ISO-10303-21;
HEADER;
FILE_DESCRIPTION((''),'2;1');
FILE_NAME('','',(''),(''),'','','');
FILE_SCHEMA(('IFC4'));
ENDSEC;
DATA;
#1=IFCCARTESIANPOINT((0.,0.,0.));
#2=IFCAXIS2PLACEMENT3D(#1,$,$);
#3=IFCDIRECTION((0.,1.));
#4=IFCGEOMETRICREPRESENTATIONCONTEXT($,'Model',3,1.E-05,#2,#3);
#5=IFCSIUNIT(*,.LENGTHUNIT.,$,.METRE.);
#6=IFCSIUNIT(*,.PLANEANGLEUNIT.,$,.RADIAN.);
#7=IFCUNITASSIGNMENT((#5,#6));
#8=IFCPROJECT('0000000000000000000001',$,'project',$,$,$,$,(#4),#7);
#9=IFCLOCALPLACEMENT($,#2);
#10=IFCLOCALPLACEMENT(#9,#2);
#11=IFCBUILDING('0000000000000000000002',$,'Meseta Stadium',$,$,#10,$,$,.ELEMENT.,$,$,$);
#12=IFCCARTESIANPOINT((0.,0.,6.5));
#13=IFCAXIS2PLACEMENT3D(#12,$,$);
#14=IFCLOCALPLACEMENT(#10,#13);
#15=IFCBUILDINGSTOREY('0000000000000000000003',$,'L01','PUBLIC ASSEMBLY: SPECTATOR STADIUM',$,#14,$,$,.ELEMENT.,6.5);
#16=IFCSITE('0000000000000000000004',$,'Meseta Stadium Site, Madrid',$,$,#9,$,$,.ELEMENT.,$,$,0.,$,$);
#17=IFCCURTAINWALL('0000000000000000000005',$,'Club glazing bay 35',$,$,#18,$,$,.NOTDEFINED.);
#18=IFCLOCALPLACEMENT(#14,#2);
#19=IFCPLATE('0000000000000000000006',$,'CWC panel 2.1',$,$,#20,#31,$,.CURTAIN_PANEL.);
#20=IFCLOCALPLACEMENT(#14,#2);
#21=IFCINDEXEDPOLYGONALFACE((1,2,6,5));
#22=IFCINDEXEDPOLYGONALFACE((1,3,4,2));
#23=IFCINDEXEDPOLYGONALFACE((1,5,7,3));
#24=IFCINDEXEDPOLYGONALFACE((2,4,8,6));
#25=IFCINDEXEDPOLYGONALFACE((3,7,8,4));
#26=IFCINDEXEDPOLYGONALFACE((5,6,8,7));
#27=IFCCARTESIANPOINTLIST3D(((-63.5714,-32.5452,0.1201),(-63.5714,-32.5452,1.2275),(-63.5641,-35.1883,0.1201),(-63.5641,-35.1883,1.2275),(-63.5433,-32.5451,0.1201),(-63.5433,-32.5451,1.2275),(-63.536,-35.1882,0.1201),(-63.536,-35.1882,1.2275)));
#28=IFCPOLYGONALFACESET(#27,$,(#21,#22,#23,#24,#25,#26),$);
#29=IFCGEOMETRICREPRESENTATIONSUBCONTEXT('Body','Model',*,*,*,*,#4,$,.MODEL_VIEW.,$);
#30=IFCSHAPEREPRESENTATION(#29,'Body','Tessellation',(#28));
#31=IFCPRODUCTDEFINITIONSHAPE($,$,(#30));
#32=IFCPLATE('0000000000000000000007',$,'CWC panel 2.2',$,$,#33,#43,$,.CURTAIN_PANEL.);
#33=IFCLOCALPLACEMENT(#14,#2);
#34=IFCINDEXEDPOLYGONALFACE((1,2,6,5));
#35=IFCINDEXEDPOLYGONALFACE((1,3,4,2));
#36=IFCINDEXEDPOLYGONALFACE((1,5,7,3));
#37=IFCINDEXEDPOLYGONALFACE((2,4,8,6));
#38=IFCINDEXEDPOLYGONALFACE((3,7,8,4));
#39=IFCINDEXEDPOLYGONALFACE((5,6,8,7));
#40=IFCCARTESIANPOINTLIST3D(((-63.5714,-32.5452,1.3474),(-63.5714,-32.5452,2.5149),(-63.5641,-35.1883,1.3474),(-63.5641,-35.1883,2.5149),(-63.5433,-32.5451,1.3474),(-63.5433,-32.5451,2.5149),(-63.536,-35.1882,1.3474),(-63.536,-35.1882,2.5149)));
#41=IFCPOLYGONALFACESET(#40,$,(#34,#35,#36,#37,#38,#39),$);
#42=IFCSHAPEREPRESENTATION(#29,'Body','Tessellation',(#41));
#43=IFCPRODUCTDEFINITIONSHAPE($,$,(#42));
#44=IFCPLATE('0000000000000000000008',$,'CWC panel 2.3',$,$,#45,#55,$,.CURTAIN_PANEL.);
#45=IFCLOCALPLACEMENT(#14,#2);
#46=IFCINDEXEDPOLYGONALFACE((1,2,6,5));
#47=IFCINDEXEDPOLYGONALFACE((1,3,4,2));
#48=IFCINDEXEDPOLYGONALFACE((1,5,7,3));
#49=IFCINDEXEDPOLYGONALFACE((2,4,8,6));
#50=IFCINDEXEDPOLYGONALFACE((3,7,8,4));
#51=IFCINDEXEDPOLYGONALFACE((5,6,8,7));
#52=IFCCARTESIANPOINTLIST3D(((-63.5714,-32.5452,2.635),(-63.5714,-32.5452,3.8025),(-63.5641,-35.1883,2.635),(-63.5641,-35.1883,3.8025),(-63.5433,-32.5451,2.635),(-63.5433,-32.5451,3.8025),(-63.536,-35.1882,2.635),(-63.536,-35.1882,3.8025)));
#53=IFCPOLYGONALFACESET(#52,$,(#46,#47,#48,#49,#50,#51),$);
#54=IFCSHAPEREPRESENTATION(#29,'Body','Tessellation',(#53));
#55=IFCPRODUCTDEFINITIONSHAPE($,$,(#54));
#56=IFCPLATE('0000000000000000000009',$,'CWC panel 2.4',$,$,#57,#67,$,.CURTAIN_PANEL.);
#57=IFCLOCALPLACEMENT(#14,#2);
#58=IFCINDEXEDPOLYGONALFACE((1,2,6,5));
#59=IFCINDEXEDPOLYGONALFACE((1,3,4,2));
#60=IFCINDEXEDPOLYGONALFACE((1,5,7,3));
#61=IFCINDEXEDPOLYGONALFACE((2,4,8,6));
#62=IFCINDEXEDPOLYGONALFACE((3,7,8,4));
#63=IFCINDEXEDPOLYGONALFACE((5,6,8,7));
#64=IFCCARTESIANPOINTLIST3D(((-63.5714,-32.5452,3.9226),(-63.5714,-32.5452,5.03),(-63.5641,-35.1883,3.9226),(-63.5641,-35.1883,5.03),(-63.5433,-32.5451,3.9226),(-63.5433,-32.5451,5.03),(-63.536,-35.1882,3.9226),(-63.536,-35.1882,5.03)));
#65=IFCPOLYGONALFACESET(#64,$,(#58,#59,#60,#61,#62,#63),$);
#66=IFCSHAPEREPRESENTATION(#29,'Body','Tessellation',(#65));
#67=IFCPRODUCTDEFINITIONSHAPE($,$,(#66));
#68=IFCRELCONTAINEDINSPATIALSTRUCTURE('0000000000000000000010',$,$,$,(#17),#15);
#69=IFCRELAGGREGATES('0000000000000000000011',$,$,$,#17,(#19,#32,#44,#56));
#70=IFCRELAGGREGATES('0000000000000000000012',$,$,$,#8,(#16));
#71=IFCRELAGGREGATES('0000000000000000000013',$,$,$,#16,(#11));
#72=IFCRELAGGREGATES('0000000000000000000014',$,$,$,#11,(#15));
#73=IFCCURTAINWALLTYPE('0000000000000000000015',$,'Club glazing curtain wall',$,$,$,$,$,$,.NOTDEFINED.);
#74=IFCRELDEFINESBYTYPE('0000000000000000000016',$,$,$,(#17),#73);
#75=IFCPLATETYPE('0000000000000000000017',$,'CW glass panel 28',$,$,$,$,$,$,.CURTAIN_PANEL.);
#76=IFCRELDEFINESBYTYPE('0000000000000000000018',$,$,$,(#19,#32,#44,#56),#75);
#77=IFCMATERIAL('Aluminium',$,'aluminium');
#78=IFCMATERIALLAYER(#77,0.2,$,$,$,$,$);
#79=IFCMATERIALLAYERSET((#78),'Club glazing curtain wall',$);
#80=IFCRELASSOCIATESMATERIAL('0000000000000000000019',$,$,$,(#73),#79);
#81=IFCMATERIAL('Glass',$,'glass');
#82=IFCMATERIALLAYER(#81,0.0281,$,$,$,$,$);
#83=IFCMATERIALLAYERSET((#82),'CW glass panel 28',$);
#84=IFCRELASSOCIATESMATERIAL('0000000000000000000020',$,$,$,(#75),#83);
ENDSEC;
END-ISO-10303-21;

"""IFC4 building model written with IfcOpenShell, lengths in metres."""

from ifc_helpers import new_model, si_unit, direction, frame, origin, origin_2d, place, context, subcontext, project, spatial, rectangle, extrude, material, layer, layer_set, type_object, element, aggregate, save


model = new_model("IFC4")

# Units and contexts
model_context = context("Model", 3, precision=1e-05, world=origin(), true_north=direction((0.0, 1.0)))
body_context = subcontext(model_context, "Body", "Model", "MODEL_VIEW")
ifc_project = project(units=[si_unit("LENGTHUNIT", "METRE"), si_unit("PLANEANGLEUNIT", "RADIAN")], contexts=[model_context])

# Site, building, storey
site_placement = place(None, origin())
site = spatial("IfcSite", under=ifc_project, at=site_placement, Name="Meseta Stadium Site, Madrid", CompositionType="ELEMENT", RefElevation=0.0)
building_placement = place(site_placement, origin())
building = spatial("IfcBuilding", under=site, at=building_placement, Name="Meseta Stadium", CompositionType="ELEMENT")
storey_placement = place(building_placement, frame((0.0, 0.0, 6.5)))
storey = spatial("IfcBuildingStorey", under=building, at=storey_placement, Name="L01", Description="PUBLIC ASSEMBLY: SPECTATOR STADIUM", CompositionType="ELEMENT", Elevation=6.5)

# Curtain wall, plates
ifc_material_1 = material(Name="Aluminium", Category="aluminium")
ifc_layer_1 = layer(ifc_material_1, 0.2)
ifc_layer_set_1 = layer_set([ifc_layer_1], Name="Club glazing curtain wall")
curtain_wall_type = type_object("IfcCurtainWallType", Name="Club glazing curtain wall", PredefinedType="NOTDEFINED", material=ifc_layer_set_1)
curtain_wall_placement = place(storey_placement, origin())
curtain_wall = element("IfcCurtainWall", 1, at=curtain_wall_placement, inside=storey, type_object=curtain_wall_type, Name="Club glazing bay 35", PredefinedType="NOTDEFINED")
ifc_material_2 = material(Name="Glass", Category="glass")
ifc_layer_2 = layer(ifc_material_2, 0.0281)
ifc_layer_set_2 = layer_set([ifc_layer_2], Name="CW glass panel 28")
plate_type = type_object("IfcPlateType", Name="CW glass panel 28", PredefinedType="CURTAIN_PANEL", material=ifc_layer_set_2)
plate_1_placement = place(storey_placement, frame((-63.5537, -33.8667, 0.1201), z_axis=(0.0, 0.0, 1.0), x_axis=(0.002758, -0.999996, 0.0)))
plate_1 = element("IfcPlate", 2, at=plate_1_placement, type_object=plate_type, Name="CWC panel 2.1", PredefinedType="CURTAIN_PANEL", context=body_context, shape_type="SweptSolid", body=[
    extrude(rectangle(XDim=2.6431, YDim=0.0281, at=origin_2d()), origin(), (0.0, 0.0, 1.0), 1.1074),
])
plate_2_placement = place(storey_placement, frame((-63.5537, -33.8667, 1.3474), z_axis=(0.0, 0.0, 1.0), x_axis=(0.002758, -0.999996, 0.0)))
plate_2 = element("IfcPlate", 3, at=plate_2_placement, type_object=plate_type, Name="CWC panel 2.2", PredefinedType="CURTAIN_PANEL", context=body_context, shape_type="SweptSolid", body=[
    extrude(rectangle(XDim=2.6431, YDim=0.0281, at=origin_2d()), origin(), (0.0, 0.0, 1.0), 1.1675),
])
plate_3_placement = place(storey_placement, frame((-63.5537, -33.8667, 2.635), z_axis=(0.0, 0.0, 1.0), x_axis=(0.002758, -0.999996, 0.0)))
plate_3 = element("IfcPlate", 4, at=plate_3_placement, type_object=plate_type, Name="CWC panel 2.3", PredefinedType="CURTAIN_PANEL", context=body_context, shape_type="SweptSolid", body=[
    extrude(rectangle(XDim=2.6431, YDim=0.0281, at=origin_2d()), origin(), (0.0, 0.0, 1.0), 1.1675),
])
plate_4_placement = place(storey_placement, frame((-63.5537, -33.8667, 3.9226), z_axis=(0.0, 0.0, 1.0), x_axis=(0.002758, -0.999996, 0.0)))
plate_4 = element("IfcPlate", 5, at=plate_4_placement, type_object=plate_type, Name="CWC panel 2.4", PredefinedType="CURTAIN_PANEL", context=body_context, shape_type="SweptSolid", body=[
    extrude(rectangle(XDim=2.6431, YDim=0.0281, at=origin_2d()), origin(), (0.0, 0.0, 1.0), 1.1074),
])
aggregate(curtain_wall, [plate_1, plate_2, plate_3, plate_4])

save(model, "model.ifc")
